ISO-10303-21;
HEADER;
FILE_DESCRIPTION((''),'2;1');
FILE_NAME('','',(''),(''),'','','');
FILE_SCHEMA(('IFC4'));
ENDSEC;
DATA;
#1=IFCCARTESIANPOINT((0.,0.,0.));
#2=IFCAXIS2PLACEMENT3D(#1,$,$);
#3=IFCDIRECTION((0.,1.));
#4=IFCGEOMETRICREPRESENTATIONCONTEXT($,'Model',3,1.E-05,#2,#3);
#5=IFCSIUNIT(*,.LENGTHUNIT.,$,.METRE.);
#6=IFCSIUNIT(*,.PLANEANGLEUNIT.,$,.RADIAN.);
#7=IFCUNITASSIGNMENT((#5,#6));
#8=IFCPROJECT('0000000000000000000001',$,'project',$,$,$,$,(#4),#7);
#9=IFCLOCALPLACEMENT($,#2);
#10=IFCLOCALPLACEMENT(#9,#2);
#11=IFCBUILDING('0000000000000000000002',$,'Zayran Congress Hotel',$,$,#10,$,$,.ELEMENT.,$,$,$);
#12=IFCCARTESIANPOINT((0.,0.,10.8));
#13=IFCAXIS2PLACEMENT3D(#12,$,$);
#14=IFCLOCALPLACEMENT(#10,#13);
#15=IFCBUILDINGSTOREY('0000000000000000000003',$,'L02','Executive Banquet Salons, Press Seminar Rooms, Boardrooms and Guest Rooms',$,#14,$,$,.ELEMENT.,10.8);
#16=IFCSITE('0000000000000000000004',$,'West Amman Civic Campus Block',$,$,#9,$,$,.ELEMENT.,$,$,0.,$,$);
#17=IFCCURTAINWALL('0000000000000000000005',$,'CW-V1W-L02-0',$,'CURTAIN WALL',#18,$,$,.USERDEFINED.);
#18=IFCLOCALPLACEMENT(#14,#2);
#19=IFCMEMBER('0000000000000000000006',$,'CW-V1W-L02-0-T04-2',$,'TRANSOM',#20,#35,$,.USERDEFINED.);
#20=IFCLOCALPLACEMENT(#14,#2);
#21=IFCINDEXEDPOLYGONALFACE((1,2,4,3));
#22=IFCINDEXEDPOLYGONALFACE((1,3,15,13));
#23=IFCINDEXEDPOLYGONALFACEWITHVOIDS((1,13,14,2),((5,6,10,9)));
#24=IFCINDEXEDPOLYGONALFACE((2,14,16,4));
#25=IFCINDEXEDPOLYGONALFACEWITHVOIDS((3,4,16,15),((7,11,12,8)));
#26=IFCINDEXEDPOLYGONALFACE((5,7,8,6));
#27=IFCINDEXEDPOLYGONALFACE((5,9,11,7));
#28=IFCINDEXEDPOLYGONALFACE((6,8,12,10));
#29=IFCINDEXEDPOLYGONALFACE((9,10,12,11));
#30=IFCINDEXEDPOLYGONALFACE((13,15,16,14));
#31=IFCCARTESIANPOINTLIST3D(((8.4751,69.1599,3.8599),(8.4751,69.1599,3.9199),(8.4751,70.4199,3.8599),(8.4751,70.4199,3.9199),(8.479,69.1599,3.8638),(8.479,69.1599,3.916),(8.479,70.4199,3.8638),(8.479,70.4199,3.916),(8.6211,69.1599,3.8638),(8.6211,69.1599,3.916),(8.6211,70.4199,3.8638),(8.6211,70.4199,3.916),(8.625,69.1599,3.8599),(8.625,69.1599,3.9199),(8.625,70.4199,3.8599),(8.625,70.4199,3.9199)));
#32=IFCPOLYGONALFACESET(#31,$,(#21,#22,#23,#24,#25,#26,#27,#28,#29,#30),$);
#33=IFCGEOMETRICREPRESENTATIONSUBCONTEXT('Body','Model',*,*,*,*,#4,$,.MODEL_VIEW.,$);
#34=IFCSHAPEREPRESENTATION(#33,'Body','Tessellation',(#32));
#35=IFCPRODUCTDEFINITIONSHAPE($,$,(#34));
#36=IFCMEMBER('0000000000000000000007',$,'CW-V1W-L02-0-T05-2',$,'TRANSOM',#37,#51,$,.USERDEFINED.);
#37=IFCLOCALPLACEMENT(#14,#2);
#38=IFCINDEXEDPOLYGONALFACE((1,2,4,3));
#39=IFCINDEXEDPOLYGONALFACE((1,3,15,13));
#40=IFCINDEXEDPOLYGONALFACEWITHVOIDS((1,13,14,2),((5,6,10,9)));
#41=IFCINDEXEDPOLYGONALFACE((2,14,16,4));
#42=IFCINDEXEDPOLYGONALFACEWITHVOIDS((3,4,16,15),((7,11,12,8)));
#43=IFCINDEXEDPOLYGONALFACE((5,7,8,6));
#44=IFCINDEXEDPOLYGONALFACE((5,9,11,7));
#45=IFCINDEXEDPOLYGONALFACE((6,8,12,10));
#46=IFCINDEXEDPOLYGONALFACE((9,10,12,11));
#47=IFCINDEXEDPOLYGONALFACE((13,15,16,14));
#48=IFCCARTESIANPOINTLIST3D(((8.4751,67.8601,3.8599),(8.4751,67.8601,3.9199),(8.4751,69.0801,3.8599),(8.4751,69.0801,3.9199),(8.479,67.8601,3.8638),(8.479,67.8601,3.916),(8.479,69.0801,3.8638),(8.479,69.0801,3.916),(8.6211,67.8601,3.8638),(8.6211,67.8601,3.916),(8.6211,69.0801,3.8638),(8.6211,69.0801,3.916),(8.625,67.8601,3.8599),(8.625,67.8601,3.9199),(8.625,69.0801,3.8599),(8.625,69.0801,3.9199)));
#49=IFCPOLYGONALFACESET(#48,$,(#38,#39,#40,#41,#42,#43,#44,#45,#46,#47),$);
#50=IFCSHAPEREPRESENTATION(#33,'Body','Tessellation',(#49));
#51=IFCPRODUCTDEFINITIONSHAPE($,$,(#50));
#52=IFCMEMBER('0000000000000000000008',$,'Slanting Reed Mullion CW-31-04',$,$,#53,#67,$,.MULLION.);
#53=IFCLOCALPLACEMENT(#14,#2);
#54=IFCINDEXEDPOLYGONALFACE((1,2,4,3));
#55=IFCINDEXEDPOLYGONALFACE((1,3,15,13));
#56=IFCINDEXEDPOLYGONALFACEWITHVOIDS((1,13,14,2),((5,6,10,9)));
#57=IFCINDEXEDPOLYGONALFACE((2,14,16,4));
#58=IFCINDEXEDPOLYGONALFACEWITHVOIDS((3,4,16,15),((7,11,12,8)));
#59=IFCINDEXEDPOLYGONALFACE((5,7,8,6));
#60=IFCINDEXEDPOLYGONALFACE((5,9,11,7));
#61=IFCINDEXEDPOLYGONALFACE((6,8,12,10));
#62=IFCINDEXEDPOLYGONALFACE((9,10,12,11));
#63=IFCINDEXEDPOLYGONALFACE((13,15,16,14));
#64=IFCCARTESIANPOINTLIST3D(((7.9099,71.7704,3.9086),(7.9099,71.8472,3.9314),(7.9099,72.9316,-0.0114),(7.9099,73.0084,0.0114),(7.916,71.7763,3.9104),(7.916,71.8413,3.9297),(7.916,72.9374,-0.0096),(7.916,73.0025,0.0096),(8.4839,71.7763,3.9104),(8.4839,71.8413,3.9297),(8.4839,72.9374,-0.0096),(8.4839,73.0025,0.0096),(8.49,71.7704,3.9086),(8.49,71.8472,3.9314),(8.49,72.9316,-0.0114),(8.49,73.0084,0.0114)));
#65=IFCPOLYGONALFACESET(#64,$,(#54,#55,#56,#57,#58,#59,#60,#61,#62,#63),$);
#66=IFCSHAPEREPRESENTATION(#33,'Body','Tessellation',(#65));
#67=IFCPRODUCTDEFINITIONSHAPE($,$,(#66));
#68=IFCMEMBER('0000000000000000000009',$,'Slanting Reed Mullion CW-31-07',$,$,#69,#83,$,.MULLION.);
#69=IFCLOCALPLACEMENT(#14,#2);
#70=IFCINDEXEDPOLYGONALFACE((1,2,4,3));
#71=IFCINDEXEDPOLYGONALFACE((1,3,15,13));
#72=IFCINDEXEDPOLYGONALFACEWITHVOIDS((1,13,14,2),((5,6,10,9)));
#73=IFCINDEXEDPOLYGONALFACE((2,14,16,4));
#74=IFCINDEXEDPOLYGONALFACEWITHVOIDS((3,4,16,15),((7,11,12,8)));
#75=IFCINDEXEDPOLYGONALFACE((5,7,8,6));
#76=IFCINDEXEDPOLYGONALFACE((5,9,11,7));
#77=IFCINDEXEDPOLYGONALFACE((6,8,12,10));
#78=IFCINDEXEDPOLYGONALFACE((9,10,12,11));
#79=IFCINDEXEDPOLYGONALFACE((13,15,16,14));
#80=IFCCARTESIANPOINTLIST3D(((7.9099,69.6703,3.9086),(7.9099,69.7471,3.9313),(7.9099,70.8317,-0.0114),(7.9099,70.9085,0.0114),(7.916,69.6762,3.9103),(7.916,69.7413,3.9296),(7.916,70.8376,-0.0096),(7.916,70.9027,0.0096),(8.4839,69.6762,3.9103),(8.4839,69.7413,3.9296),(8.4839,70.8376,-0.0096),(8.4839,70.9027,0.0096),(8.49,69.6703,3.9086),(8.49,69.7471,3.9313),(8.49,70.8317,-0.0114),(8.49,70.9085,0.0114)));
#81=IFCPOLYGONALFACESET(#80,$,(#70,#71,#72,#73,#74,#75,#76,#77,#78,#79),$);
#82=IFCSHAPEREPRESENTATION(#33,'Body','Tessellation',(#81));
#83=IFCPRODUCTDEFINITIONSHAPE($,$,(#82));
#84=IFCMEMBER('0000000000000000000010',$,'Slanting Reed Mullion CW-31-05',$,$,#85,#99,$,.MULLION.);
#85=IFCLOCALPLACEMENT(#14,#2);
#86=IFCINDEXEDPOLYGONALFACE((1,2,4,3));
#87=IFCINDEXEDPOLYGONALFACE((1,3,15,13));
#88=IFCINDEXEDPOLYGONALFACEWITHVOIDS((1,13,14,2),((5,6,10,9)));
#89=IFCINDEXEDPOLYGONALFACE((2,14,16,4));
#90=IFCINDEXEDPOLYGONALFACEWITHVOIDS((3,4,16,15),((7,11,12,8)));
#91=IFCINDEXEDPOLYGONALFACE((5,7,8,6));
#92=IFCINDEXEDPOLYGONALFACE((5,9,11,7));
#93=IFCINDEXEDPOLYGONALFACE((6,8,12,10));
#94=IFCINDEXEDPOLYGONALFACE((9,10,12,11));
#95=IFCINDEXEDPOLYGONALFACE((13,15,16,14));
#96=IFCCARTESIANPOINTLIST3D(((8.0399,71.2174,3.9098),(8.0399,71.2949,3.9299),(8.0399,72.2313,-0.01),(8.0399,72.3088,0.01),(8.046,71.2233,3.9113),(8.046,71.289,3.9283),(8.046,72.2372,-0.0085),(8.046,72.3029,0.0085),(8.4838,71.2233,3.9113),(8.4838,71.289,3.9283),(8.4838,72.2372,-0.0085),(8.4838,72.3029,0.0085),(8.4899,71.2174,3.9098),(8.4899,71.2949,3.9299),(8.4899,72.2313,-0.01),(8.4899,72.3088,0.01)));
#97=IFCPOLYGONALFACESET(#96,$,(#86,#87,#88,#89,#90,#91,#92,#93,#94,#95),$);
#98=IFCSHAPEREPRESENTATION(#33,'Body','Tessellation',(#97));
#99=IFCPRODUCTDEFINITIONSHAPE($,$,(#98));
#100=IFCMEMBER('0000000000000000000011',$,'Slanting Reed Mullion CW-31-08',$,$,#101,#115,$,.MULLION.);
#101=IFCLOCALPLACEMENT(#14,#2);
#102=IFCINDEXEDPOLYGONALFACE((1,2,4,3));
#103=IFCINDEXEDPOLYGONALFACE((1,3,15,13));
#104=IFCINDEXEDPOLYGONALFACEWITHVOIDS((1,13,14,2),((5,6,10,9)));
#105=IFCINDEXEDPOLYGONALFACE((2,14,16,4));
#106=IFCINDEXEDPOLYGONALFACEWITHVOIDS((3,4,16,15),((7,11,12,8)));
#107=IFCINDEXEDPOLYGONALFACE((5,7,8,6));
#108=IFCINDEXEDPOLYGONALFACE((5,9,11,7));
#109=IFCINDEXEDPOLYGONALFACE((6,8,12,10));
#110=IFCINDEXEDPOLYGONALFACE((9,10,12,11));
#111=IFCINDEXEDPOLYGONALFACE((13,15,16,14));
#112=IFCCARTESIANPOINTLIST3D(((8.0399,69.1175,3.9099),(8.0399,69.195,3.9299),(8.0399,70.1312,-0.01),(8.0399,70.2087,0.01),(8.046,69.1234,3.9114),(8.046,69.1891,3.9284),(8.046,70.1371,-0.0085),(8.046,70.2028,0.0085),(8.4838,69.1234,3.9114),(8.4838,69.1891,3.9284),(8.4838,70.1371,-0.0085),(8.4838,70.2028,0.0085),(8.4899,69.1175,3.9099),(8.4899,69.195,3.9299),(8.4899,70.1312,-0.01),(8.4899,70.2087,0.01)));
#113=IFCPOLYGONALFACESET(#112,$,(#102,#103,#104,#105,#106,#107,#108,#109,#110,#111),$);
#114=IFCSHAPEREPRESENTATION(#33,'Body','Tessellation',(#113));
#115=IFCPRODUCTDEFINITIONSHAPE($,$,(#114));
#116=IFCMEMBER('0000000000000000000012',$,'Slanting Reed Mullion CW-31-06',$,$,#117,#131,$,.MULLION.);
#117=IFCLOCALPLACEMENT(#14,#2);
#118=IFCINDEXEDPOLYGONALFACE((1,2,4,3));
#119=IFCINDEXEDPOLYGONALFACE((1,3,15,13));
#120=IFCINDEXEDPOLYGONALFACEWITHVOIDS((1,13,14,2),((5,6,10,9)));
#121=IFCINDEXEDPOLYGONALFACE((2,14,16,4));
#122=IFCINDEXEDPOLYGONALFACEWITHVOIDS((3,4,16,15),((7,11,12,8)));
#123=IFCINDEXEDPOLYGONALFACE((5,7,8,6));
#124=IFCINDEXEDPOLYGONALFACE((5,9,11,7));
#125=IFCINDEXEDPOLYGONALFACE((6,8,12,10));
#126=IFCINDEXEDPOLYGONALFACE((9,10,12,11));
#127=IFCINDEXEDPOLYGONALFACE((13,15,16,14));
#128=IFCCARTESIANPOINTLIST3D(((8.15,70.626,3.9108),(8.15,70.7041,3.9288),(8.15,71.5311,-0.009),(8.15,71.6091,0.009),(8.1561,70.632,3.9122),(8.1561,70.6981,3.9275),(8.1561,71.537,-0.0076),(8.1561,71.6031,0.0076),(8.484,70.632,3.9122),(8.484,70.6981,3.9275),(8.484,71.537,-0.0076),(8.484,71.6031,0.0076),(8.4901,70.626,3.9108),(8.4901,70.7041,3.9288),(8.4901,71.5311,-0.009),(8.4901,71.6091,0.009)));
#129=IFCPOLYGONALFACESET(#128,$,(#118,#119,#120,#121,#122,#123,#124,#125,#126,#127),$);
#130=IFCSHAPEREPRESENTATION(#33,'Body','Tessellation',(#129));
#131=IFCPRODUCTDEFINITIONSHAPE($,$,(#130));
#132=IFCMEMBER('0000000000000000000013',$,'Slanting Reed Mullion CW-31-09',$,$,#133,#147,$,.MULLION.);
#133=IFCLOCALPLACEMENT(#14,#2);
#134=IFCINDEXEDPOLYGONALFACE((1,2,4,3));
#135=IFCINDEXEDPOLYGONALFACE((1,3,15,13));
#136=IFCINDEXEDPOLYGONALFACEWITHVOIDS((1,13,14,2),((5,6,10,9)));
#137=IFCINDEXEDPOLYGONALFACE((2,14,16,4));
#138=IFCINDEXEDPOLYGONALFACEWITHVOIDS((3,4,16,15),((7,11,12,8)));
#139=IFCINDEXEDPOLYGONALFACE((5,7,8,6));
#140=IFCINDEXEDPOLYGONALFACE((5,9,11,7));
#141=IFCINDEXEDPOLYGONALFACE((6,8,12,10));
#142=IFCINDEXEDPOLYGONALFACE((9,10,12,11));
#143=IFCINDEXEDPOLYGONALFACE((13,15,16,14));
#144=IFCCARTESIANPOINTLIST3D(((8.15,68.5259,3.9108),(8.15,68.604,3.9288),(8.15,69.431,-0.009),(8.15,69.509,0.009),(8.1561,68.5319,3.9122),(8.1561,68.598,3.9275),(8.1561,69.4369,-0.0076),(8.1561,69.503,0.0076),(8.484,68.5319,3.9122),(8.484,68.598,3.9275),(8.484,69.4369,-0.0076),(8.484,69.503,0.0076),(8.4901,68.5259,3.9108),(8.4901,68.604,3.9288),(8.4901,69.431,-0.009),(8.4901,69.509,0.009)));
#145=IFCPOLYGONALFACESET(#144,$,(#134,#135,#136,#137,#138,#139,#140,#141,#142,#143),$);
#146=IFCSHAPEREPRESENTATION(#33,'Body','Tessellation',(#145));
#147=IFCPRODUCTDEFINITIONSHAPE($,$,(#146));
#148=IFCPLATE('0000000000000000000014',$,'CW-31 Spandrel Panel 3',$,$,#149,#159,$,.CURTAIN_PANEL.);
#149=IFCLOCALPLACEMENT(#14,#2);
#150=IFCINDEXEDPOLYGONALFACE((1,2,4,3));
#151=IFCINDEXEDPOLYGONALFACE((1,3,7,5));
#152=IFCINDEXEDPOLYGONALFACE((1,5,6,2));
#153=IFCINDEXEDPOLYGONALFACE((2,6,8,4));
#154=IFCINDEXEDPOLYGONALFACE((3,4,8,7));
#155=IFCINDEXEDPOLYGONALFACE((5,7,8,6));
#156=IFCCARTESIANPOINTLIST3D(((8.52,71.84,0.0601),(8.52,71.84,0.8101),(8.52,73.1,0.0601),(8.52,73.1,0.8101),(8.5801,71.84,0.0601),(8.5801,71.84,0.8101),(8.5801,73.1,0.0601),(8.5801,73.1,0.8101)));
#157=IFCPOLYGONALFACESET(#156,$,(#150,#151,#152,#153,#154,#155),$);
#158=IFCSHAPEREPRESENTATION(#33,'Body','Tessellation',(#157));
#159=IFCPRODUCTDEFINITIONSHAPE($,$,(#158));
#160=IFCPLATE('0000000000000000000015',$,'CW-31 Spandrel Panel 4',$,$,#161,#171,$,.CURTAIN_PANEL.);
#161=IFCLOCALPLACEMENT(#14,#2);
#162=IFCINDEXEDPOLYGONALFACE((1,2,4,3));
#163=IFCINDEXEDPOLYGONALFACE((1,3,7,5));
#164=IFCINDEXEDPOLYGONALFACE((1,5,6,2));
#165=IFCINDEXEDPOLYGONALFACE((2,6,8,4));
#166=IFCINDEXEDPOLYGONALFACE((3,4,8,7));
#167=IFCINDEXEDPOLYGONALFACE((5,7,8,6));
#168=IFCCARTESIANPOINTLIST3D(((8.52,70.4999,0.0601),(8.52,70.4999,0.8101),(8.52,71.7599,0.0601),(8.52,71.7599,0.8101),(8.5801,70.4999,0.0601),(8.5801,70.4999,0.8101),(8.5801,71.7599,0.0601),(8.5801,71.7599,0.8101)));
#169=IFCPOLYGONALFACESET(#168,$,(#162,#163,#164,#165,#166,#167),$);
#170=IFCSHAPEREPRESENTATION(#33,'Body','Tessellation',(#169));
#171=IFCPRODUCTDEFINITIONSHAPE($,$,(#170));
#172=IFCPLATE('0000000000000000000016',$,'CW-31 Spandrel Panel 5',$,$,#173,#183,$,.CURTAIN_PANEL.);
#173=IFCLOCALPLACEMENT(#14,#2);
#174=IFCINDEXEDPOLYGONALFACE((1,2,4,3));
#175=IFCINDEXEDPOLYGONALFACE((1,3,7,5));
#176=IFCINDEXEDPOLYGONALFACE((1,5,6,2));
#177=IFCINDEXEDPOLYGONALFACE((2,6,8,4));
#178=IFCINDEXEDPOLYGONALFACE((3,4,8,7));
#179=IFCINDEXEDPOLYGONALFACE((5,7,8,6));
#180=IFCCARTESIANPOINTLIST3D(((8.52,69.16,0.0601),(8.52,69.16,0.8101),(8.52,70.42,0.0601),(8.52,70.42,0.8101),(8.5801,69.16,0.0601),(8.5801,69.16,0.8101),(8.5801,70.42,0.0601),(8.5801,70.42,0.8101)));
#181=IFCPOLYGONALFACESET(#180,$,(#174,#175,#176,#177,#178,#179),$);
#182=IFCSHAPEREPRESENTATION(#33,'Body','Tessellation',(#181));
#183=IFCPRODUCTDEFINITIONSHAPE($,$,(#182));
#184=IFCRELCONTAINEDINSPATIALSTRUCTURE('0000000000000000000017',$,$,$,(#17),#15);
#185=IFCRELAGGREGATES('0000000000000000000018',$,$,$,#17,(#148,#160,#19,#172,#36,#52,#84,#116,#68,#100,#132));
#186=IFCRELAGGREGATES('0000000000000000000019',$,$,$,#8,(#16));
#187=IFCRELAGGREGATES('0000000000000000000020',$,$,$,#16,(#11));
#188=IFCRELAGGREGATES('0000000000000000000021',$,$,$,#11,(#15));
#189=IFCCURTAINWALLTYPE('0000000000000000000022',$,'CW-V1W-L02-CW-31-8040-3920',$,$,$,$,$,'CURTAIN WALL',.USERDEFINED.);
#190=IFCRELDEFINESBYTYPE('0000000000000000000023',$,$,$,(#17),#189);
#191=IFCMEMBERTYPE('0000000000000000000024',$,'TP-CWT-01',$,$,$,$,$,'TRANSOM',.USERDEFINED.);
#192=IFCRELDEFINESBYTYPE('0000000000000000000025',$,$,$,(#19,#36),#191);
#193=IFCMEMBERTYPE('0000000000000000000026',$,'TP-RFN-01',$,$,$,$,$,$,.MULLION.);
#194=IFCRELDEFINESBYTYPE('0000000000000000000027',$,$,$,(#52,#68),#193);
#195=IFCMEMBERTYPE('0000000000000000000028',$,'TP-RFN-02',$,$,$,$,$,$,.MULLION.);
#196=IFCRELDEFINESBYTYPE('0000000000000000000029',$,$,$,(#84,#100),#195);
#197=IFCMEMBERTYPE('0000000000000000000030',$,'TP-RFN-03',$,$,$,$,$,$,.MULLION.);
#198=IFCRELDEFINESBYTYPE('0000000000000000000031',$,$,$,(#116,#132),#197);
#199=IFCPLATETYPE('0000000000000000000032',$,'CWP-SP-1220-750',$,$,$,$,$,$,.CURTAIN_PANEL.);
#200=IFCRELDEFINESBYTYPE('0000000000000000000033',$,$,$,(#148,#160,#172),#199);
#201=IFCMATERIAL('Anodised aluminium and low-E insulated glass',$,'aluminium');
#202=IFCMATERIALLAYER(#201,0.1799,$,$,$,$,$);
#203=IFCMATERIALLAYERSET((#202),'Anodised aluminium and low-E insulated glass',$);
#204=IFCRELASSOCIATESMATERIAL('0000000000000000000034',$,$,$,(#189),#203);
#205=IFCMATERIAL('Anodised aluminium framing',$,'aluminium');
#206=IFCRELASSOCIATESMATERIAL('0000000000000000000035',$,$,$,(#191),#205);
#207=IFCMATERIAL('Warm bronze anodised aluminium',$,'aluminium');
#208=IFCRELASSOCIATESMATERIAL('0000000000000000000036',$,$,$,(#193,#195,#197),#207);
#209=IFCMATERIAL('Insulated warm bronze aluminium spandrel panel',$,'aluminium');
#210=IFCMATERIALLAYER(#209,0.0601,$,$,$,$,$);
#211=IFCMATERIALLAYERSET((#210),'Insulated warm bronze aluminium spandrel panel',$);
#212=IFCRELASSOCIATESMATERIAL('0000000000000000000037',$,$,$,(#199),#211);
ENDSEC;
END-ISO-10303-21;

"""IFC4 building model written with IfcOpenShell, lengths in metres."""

from ifc_helpers import new_model, si_unit, direction, frame, origin, origin_2d, place, context, subcontext, project, spatial, rectangle, hollow_rectangle, extrude, material, layer, layer_set, material_profile, profile_set, type_object, element, aggregate, save


model = new_model("IFC4")

# Units and contexts
model_context = context("Model", 3, precision=1e-05, world=origin(), true_north=direction((0.0, 1.0)))
body_context = subcontext(model_context, "Body", "Model", "MODEL_VIEW")
ifc_project = project(units=[si_unit("LENGTHUNIT", "METRE"), si_unit("PLANEANGLEUNIT", "RADIAN")], contexts=[model_context])

# Site, building, storey
site_placement = place(None, origin())
site = spatial("IfcSite", under=ifc_project, at=site_placement, Name="West Amman Civic Campus Block", CompositionType="ELEMENT", RefElevation=0.0)
building_placement = place(site_placement, origin())
building = spatial("IfcBuilding", under=site, at=building_placement, Name="Zayran Congress Hotel", CompositionType="ELEMENT")
storey_placement = place(building_placement, frame((0.0, 0.0, 10.8)))
storey = spatial("IfcBuildingStorey", under=building, at=storey_placement, Name="L02", Description="Executive Banquet Salons, Press Seminar Rooms, Boardrooms and Guest Rooms", CompositionType="ELEMENT", Elevation=10.8)

# Curtain wall, members, plates
ifc_material_1 = material(Name="Anodised aluminium and low-E insulated glass", Category="aluminium")
ifc_layer_1 = layer(ifc_material_1, 0.1799)
ifc_layer_set_1 = layer_set([ifc_layer_1], Name="Anodised aluminium and low-E insulated glass")
curtain_wall_type = type_object("IfcCurtainWallType", Name="CW-V1W-L02-CW-31-8040-3920", ElementType="CURTAIN WALL", PredefinedType="USERDEFINED", material=ifc_layer_set_1)
curtain_wall_placement = place(storey_placement, origin())
curtain_wall = element("IfcCurtainWall", 1, at=curtain_wall_placement, inside=storey, type_object=curtain_wall_type, Name="CW-V1W-L02-0", ObjectType="CURTAIN WALL", PredefinedType="USERDEFINED")
ifc_material_2 = material(Name="Anodised aluminium framing", Category="aluminium")
ifc_material_profile_1 = material_profile(ifc_material_2, hollow_rectangle(XDim=0.0601, YDim=0.1499, WallThickness=0.0039, at=origin_2d()), Name="RHS 150x60x4")
ifc_profile_set_1 = profile_set([ifc_material_profile_1], Name="Anodised aluminium framing")
member_type_1 = type_object("IfcMemberType", Name="TP-CWT-01", ElementType="TRANSOM", PredefinedType="USERDEFINED", material=ifc_profile_set_1)
member_1_placement = place(storey_placement, frame((8.55, 70.4199, 3.8899), z_axis=(0.0, -1.0, 0.0), x_axis=(0.0, 0.0, 1.0)))
member_1 = element("IfcMember", 2, at=member_1_placement, type_object=member_type_1, Name="CW-V1W-L02-0-T04-2", ObjectType="TRANSOM", PredefinedType="USERDEFINED", context=body_context, shape_type="SweptSolid", body=[
    extrude(hollow_rectangle(XDim=0.0601, YDim=0.1499, WallThickness=0.0039, at=origin_2d()), origin(), (0.0, 0.0, 1.0), 1.26),
])
member_2_placement = place(storey_placement, frame((8.55, 69.0801, 3.8899), z_axis=(0.0, -1.0, 0.0), x_axis=(0.0, 0.0, 1.0)))
member_2 = element("IfcMember", 3, at=member_2_placement, type_object=member_type_1, Name="CW-V1W-L02-0-T05-2", ObjectType="TRANSOM", PredefinedType="USERDEFINED", context=body_context, shape_type="SweptSolid", body=[
    extrude(hollow_rectangle(XDim=0.0601, YDim=0.1499, WallThickness=0.0039, at=origin_2d()), origin(), (0.0, 0.0, 1.0), 1.22),
])
ifc_material_3 = material(Name="Warm bronze anodised aluminium", Category="aluminium")
ifc_material_profile_2 = material_profile(ifc_material_3, hollow_rectangle(XDim=0.0801, YDim=0.5801, WallThickness=0.0061, at=origin_2d()), Name="RHS 580x80x6")
ifc_profile_set_2 = profile_set([ifc_material_profile_2], Name="Warm bronze anodised aluminium")
member_type_2 = type_object("IfcMemberType", Name="TP-RFN-01", PredefinedType="MULLION", material=ifc_profile_set_2)
member_3_placement = place(storey_placement, frame((8.2, 72.97, 0.0), z_axis=(0.0, -0.284015, 0.95882), x_axis=(0.0, 0.95882, 0.284015)))
member_3 = element("IfcMember", 4, at=member_3_placement, type_object=member_type_2, Name="Slanting Reed Mullion CW-31-04", PredefinedType="MULLION", context=body_context, shape_type="SweptSolid", body=[
    extrude(hollow_rectangle(XDim=0.0801, YDim=0.5801, WallThickness=0.0061, at=origin_2d()), origin(), (0.0, 0.0, 1.0), 4.0884),
])
member_4_placement = place(storey_placement, frame((8.2, 70.8701, 0.0), z_axis=(0.0, -0.28407, 0.958804), x_axis=(0.0, 0.958804, 0.28407)))
member_4 = element("IfcMember", 5, at=member_4_placement, type_object=member_type_2, Name="Slanting Reed Mullion CW-31-07", PredefinedType="MULLION", context=body_context, shape_type="SweptSolid", body=[
    extrude(hollow_rectangle(XDim=0.0801, YDim=0.5801, WallThickness=0.0061, at=origin_2d()), origin(), (0.0, 0.0, 1.0), 4.0884),
])
ifc_material_profile_3 = material_profile(ifc_material_3, hollow_rectangle(XDim=0.0801, YDim=0.45, WallThickness=0.0061, at=origin_2d()), Name="RHS 450x80x6")
ifc_profile_set_3 = profile_set([ifc_material_profile_3], Name="Warm bronze anodised aluminium")
member_type_3 = type_object("IfcMemberType", Name="TP-RFN-02", PredefinedType="MULLION", material=ifc_profile_set_3)
member_5_placement = place(storey_placement, frame((8.2649, 72.27, 0.0), z_axis=(0.0, -0.250416, 0.968138), x_axis=(0.0, 0.968138, 0.250416)))
member_5 = element("IfcMember", 6, at=member_5_placement, type_object=member_type_3, Name="Slanting Reed Mullion CW-31-05", PredefinedType="MULLION", context=body_context, shape_type="SweptSolid", body=[
    extrude(hollow_rectangle(XDim=0.0801, YDim=0.45, WallThickness=0.0061, at=origin_2d()), origin(), (0.0, 0.0, 1.0), 4.0488),
])
member_6_placement = place(storey_placement, frame((8.2649, 70.1699, 0.0), z_axis=(0.0, -0.250359, 0.968153), x_axis=(0.0, 0.968153, 0.250359)))
member_6 = element("IfcMember", 7, at=member_6_placement, type_object=member_type_3, Name="Slanting Reed Mullion CW-31-08", PredefinedType="MULLION", context=body_context, shape_type="SweptSolid", body=[
    extrude(hollow_rectangle(XDim=0.0801, YDim=0.45, WallThickness=0.0061, at=origin_2d()), origin(), (0.0, 0.0, 1.0), 4.0488),
])
ifc_material_profile_4 = material_profile(ifc_material_3, hollow_rectangle(XDim=0.0801, YDim=0.3401, WallThickness=0.0061, at=origin_2d()), Name="RHS 340x80x6")
ifc_profile_set_4 = profile_set([ifc_material_profile_4], Name="Warm bronze anodised aluminium")
member_type_4 = type_object("IfcMemberType", Name="TP-RFN-03", PredefinedType="MULLION", material=ifc_profile_set_4)
member_7_placement = place(storey_placement, frame((8.3201, 71.5701, 0.0), z_axis=(0.0, -0.224961, 0.974368), x_axis=(0.0, 0.974368, 0.224961)))
member_7 = element("IfcMember", 8, at=member_7_placement, type_object=member_type_4, Name="Slanting Reed Mullion CW-31-06", PredefinedType="MULLION", context=body_context, shape_type="SweptSolid", body=[
    extrude(hollow_rectangle(XDim=0.0801, YDim=0.3401, WallThickness=0.0061, at=origin_2d()), origin(), (0.0, 0.0, 1.0), 4.0229),
])
member_8_placement = place(storey_placement, frame((8.3201, 69.47, 0.0), z_axis=(0.0, -0.224961, 0.974368), x_axis=(0.0, 0.974368, 0.224961)))
member_8 = element("IfcMember", 9, at=member_8_placement, type_object=member_type_4, Name="Slanting Reed Mullion CW-31-09", PredefinedType="MULLION", context=body_context, shape_type="SweptSolid", body=[
    extrude(hollow_rectangle(XDim=0.0801, YDim=0.3401, WallThickness=0.0061, at=origin_2d()), origin(), (0.0, 0.0, 1.0), 4.0229),
])
ifc_material_4 = material(Name="Insulated warm bronze aluminium spandrel panel", Category="aluminium")
ifc_layer_2 = layer(ifc_material_4, 0.0601)
ifc_layer_set_2 = layer_set([ifc_layer_2], Name="Insulated warm bronze aluminium spandrel panel")
plate_type_1 = type_object("IfcPlateType", Name="CWP-SP-1220-750", PredefinedType="CURTAIN_PANEL", material=ifc_layer_set_2)
plate_1_placement = place(storey_placement, frame((8.55, 72.47, 0.0601), z_axis=(0.0, 0.0, 1.0), x_axis=(0.0, 1.0, 0.0)))
plate_1 = element("IfcPlate", 10, at=plate_1_placement, type_object=plate_type_1, Name="CW-31 Spandrel Panel 3", PredefinedType="CURTAIN_PANEL", context=body_context, shape_type="SweptSolid", body=[
    extrude(rectangle(XDim=1.26, YDim=0.0601, at=origin_2d()), origin(), (0.0, 0.0, 1.0), 0.75),
])
plate_2_placement = place(storey_placement, frame((8.55, 71.1299, 0.0601), z_axis=(0.0, 0.0, 1.0), x_axis=(0.0, 1.0, 0.0)))
plate_2 = element("IfcPlate", 11, at=plate_2_placement, type_object=plate_type_1, Name="CW-31 Spandrel Panel 4", PredefinedType="CURTAIN_PANEL", context=body_context, shape_type="SweptSolid", body=[
    extrude(rectangle(XDim=1.26, YDim=0.0601, at=origin_2d()), origin(), (0.0, 0.0, 1.0), 0.75),
])
plate_3_placement = place(storey_placement, frame((8.55, 69.79, 0.0601), z_axis=(0.0, 0.0, 1.0), x_axis=(0.0, 1.0, 0.0)))
plate_3 = element("IfcPlate", 12, at=plate_3_placement, type_object=plate_type_1, Name="CW-31 Spandrel Panel 5", PredefinedType="CURTAIN_PANEL", context=body_context, shape_type="SweptSolid", body=[
    extrude(rectangle(XDim=1.26, YDim=0.0601, at=origin_2d()), origin(), (0.0, 0.0, 1.0), 0.75),
])
aggregate(curtain_wall, [plate_1, plate_2, member_1, plate_3, member_2, member_3, member_5, member_7, member_4, member_6, member_8])

save(model, "model.ifc")
